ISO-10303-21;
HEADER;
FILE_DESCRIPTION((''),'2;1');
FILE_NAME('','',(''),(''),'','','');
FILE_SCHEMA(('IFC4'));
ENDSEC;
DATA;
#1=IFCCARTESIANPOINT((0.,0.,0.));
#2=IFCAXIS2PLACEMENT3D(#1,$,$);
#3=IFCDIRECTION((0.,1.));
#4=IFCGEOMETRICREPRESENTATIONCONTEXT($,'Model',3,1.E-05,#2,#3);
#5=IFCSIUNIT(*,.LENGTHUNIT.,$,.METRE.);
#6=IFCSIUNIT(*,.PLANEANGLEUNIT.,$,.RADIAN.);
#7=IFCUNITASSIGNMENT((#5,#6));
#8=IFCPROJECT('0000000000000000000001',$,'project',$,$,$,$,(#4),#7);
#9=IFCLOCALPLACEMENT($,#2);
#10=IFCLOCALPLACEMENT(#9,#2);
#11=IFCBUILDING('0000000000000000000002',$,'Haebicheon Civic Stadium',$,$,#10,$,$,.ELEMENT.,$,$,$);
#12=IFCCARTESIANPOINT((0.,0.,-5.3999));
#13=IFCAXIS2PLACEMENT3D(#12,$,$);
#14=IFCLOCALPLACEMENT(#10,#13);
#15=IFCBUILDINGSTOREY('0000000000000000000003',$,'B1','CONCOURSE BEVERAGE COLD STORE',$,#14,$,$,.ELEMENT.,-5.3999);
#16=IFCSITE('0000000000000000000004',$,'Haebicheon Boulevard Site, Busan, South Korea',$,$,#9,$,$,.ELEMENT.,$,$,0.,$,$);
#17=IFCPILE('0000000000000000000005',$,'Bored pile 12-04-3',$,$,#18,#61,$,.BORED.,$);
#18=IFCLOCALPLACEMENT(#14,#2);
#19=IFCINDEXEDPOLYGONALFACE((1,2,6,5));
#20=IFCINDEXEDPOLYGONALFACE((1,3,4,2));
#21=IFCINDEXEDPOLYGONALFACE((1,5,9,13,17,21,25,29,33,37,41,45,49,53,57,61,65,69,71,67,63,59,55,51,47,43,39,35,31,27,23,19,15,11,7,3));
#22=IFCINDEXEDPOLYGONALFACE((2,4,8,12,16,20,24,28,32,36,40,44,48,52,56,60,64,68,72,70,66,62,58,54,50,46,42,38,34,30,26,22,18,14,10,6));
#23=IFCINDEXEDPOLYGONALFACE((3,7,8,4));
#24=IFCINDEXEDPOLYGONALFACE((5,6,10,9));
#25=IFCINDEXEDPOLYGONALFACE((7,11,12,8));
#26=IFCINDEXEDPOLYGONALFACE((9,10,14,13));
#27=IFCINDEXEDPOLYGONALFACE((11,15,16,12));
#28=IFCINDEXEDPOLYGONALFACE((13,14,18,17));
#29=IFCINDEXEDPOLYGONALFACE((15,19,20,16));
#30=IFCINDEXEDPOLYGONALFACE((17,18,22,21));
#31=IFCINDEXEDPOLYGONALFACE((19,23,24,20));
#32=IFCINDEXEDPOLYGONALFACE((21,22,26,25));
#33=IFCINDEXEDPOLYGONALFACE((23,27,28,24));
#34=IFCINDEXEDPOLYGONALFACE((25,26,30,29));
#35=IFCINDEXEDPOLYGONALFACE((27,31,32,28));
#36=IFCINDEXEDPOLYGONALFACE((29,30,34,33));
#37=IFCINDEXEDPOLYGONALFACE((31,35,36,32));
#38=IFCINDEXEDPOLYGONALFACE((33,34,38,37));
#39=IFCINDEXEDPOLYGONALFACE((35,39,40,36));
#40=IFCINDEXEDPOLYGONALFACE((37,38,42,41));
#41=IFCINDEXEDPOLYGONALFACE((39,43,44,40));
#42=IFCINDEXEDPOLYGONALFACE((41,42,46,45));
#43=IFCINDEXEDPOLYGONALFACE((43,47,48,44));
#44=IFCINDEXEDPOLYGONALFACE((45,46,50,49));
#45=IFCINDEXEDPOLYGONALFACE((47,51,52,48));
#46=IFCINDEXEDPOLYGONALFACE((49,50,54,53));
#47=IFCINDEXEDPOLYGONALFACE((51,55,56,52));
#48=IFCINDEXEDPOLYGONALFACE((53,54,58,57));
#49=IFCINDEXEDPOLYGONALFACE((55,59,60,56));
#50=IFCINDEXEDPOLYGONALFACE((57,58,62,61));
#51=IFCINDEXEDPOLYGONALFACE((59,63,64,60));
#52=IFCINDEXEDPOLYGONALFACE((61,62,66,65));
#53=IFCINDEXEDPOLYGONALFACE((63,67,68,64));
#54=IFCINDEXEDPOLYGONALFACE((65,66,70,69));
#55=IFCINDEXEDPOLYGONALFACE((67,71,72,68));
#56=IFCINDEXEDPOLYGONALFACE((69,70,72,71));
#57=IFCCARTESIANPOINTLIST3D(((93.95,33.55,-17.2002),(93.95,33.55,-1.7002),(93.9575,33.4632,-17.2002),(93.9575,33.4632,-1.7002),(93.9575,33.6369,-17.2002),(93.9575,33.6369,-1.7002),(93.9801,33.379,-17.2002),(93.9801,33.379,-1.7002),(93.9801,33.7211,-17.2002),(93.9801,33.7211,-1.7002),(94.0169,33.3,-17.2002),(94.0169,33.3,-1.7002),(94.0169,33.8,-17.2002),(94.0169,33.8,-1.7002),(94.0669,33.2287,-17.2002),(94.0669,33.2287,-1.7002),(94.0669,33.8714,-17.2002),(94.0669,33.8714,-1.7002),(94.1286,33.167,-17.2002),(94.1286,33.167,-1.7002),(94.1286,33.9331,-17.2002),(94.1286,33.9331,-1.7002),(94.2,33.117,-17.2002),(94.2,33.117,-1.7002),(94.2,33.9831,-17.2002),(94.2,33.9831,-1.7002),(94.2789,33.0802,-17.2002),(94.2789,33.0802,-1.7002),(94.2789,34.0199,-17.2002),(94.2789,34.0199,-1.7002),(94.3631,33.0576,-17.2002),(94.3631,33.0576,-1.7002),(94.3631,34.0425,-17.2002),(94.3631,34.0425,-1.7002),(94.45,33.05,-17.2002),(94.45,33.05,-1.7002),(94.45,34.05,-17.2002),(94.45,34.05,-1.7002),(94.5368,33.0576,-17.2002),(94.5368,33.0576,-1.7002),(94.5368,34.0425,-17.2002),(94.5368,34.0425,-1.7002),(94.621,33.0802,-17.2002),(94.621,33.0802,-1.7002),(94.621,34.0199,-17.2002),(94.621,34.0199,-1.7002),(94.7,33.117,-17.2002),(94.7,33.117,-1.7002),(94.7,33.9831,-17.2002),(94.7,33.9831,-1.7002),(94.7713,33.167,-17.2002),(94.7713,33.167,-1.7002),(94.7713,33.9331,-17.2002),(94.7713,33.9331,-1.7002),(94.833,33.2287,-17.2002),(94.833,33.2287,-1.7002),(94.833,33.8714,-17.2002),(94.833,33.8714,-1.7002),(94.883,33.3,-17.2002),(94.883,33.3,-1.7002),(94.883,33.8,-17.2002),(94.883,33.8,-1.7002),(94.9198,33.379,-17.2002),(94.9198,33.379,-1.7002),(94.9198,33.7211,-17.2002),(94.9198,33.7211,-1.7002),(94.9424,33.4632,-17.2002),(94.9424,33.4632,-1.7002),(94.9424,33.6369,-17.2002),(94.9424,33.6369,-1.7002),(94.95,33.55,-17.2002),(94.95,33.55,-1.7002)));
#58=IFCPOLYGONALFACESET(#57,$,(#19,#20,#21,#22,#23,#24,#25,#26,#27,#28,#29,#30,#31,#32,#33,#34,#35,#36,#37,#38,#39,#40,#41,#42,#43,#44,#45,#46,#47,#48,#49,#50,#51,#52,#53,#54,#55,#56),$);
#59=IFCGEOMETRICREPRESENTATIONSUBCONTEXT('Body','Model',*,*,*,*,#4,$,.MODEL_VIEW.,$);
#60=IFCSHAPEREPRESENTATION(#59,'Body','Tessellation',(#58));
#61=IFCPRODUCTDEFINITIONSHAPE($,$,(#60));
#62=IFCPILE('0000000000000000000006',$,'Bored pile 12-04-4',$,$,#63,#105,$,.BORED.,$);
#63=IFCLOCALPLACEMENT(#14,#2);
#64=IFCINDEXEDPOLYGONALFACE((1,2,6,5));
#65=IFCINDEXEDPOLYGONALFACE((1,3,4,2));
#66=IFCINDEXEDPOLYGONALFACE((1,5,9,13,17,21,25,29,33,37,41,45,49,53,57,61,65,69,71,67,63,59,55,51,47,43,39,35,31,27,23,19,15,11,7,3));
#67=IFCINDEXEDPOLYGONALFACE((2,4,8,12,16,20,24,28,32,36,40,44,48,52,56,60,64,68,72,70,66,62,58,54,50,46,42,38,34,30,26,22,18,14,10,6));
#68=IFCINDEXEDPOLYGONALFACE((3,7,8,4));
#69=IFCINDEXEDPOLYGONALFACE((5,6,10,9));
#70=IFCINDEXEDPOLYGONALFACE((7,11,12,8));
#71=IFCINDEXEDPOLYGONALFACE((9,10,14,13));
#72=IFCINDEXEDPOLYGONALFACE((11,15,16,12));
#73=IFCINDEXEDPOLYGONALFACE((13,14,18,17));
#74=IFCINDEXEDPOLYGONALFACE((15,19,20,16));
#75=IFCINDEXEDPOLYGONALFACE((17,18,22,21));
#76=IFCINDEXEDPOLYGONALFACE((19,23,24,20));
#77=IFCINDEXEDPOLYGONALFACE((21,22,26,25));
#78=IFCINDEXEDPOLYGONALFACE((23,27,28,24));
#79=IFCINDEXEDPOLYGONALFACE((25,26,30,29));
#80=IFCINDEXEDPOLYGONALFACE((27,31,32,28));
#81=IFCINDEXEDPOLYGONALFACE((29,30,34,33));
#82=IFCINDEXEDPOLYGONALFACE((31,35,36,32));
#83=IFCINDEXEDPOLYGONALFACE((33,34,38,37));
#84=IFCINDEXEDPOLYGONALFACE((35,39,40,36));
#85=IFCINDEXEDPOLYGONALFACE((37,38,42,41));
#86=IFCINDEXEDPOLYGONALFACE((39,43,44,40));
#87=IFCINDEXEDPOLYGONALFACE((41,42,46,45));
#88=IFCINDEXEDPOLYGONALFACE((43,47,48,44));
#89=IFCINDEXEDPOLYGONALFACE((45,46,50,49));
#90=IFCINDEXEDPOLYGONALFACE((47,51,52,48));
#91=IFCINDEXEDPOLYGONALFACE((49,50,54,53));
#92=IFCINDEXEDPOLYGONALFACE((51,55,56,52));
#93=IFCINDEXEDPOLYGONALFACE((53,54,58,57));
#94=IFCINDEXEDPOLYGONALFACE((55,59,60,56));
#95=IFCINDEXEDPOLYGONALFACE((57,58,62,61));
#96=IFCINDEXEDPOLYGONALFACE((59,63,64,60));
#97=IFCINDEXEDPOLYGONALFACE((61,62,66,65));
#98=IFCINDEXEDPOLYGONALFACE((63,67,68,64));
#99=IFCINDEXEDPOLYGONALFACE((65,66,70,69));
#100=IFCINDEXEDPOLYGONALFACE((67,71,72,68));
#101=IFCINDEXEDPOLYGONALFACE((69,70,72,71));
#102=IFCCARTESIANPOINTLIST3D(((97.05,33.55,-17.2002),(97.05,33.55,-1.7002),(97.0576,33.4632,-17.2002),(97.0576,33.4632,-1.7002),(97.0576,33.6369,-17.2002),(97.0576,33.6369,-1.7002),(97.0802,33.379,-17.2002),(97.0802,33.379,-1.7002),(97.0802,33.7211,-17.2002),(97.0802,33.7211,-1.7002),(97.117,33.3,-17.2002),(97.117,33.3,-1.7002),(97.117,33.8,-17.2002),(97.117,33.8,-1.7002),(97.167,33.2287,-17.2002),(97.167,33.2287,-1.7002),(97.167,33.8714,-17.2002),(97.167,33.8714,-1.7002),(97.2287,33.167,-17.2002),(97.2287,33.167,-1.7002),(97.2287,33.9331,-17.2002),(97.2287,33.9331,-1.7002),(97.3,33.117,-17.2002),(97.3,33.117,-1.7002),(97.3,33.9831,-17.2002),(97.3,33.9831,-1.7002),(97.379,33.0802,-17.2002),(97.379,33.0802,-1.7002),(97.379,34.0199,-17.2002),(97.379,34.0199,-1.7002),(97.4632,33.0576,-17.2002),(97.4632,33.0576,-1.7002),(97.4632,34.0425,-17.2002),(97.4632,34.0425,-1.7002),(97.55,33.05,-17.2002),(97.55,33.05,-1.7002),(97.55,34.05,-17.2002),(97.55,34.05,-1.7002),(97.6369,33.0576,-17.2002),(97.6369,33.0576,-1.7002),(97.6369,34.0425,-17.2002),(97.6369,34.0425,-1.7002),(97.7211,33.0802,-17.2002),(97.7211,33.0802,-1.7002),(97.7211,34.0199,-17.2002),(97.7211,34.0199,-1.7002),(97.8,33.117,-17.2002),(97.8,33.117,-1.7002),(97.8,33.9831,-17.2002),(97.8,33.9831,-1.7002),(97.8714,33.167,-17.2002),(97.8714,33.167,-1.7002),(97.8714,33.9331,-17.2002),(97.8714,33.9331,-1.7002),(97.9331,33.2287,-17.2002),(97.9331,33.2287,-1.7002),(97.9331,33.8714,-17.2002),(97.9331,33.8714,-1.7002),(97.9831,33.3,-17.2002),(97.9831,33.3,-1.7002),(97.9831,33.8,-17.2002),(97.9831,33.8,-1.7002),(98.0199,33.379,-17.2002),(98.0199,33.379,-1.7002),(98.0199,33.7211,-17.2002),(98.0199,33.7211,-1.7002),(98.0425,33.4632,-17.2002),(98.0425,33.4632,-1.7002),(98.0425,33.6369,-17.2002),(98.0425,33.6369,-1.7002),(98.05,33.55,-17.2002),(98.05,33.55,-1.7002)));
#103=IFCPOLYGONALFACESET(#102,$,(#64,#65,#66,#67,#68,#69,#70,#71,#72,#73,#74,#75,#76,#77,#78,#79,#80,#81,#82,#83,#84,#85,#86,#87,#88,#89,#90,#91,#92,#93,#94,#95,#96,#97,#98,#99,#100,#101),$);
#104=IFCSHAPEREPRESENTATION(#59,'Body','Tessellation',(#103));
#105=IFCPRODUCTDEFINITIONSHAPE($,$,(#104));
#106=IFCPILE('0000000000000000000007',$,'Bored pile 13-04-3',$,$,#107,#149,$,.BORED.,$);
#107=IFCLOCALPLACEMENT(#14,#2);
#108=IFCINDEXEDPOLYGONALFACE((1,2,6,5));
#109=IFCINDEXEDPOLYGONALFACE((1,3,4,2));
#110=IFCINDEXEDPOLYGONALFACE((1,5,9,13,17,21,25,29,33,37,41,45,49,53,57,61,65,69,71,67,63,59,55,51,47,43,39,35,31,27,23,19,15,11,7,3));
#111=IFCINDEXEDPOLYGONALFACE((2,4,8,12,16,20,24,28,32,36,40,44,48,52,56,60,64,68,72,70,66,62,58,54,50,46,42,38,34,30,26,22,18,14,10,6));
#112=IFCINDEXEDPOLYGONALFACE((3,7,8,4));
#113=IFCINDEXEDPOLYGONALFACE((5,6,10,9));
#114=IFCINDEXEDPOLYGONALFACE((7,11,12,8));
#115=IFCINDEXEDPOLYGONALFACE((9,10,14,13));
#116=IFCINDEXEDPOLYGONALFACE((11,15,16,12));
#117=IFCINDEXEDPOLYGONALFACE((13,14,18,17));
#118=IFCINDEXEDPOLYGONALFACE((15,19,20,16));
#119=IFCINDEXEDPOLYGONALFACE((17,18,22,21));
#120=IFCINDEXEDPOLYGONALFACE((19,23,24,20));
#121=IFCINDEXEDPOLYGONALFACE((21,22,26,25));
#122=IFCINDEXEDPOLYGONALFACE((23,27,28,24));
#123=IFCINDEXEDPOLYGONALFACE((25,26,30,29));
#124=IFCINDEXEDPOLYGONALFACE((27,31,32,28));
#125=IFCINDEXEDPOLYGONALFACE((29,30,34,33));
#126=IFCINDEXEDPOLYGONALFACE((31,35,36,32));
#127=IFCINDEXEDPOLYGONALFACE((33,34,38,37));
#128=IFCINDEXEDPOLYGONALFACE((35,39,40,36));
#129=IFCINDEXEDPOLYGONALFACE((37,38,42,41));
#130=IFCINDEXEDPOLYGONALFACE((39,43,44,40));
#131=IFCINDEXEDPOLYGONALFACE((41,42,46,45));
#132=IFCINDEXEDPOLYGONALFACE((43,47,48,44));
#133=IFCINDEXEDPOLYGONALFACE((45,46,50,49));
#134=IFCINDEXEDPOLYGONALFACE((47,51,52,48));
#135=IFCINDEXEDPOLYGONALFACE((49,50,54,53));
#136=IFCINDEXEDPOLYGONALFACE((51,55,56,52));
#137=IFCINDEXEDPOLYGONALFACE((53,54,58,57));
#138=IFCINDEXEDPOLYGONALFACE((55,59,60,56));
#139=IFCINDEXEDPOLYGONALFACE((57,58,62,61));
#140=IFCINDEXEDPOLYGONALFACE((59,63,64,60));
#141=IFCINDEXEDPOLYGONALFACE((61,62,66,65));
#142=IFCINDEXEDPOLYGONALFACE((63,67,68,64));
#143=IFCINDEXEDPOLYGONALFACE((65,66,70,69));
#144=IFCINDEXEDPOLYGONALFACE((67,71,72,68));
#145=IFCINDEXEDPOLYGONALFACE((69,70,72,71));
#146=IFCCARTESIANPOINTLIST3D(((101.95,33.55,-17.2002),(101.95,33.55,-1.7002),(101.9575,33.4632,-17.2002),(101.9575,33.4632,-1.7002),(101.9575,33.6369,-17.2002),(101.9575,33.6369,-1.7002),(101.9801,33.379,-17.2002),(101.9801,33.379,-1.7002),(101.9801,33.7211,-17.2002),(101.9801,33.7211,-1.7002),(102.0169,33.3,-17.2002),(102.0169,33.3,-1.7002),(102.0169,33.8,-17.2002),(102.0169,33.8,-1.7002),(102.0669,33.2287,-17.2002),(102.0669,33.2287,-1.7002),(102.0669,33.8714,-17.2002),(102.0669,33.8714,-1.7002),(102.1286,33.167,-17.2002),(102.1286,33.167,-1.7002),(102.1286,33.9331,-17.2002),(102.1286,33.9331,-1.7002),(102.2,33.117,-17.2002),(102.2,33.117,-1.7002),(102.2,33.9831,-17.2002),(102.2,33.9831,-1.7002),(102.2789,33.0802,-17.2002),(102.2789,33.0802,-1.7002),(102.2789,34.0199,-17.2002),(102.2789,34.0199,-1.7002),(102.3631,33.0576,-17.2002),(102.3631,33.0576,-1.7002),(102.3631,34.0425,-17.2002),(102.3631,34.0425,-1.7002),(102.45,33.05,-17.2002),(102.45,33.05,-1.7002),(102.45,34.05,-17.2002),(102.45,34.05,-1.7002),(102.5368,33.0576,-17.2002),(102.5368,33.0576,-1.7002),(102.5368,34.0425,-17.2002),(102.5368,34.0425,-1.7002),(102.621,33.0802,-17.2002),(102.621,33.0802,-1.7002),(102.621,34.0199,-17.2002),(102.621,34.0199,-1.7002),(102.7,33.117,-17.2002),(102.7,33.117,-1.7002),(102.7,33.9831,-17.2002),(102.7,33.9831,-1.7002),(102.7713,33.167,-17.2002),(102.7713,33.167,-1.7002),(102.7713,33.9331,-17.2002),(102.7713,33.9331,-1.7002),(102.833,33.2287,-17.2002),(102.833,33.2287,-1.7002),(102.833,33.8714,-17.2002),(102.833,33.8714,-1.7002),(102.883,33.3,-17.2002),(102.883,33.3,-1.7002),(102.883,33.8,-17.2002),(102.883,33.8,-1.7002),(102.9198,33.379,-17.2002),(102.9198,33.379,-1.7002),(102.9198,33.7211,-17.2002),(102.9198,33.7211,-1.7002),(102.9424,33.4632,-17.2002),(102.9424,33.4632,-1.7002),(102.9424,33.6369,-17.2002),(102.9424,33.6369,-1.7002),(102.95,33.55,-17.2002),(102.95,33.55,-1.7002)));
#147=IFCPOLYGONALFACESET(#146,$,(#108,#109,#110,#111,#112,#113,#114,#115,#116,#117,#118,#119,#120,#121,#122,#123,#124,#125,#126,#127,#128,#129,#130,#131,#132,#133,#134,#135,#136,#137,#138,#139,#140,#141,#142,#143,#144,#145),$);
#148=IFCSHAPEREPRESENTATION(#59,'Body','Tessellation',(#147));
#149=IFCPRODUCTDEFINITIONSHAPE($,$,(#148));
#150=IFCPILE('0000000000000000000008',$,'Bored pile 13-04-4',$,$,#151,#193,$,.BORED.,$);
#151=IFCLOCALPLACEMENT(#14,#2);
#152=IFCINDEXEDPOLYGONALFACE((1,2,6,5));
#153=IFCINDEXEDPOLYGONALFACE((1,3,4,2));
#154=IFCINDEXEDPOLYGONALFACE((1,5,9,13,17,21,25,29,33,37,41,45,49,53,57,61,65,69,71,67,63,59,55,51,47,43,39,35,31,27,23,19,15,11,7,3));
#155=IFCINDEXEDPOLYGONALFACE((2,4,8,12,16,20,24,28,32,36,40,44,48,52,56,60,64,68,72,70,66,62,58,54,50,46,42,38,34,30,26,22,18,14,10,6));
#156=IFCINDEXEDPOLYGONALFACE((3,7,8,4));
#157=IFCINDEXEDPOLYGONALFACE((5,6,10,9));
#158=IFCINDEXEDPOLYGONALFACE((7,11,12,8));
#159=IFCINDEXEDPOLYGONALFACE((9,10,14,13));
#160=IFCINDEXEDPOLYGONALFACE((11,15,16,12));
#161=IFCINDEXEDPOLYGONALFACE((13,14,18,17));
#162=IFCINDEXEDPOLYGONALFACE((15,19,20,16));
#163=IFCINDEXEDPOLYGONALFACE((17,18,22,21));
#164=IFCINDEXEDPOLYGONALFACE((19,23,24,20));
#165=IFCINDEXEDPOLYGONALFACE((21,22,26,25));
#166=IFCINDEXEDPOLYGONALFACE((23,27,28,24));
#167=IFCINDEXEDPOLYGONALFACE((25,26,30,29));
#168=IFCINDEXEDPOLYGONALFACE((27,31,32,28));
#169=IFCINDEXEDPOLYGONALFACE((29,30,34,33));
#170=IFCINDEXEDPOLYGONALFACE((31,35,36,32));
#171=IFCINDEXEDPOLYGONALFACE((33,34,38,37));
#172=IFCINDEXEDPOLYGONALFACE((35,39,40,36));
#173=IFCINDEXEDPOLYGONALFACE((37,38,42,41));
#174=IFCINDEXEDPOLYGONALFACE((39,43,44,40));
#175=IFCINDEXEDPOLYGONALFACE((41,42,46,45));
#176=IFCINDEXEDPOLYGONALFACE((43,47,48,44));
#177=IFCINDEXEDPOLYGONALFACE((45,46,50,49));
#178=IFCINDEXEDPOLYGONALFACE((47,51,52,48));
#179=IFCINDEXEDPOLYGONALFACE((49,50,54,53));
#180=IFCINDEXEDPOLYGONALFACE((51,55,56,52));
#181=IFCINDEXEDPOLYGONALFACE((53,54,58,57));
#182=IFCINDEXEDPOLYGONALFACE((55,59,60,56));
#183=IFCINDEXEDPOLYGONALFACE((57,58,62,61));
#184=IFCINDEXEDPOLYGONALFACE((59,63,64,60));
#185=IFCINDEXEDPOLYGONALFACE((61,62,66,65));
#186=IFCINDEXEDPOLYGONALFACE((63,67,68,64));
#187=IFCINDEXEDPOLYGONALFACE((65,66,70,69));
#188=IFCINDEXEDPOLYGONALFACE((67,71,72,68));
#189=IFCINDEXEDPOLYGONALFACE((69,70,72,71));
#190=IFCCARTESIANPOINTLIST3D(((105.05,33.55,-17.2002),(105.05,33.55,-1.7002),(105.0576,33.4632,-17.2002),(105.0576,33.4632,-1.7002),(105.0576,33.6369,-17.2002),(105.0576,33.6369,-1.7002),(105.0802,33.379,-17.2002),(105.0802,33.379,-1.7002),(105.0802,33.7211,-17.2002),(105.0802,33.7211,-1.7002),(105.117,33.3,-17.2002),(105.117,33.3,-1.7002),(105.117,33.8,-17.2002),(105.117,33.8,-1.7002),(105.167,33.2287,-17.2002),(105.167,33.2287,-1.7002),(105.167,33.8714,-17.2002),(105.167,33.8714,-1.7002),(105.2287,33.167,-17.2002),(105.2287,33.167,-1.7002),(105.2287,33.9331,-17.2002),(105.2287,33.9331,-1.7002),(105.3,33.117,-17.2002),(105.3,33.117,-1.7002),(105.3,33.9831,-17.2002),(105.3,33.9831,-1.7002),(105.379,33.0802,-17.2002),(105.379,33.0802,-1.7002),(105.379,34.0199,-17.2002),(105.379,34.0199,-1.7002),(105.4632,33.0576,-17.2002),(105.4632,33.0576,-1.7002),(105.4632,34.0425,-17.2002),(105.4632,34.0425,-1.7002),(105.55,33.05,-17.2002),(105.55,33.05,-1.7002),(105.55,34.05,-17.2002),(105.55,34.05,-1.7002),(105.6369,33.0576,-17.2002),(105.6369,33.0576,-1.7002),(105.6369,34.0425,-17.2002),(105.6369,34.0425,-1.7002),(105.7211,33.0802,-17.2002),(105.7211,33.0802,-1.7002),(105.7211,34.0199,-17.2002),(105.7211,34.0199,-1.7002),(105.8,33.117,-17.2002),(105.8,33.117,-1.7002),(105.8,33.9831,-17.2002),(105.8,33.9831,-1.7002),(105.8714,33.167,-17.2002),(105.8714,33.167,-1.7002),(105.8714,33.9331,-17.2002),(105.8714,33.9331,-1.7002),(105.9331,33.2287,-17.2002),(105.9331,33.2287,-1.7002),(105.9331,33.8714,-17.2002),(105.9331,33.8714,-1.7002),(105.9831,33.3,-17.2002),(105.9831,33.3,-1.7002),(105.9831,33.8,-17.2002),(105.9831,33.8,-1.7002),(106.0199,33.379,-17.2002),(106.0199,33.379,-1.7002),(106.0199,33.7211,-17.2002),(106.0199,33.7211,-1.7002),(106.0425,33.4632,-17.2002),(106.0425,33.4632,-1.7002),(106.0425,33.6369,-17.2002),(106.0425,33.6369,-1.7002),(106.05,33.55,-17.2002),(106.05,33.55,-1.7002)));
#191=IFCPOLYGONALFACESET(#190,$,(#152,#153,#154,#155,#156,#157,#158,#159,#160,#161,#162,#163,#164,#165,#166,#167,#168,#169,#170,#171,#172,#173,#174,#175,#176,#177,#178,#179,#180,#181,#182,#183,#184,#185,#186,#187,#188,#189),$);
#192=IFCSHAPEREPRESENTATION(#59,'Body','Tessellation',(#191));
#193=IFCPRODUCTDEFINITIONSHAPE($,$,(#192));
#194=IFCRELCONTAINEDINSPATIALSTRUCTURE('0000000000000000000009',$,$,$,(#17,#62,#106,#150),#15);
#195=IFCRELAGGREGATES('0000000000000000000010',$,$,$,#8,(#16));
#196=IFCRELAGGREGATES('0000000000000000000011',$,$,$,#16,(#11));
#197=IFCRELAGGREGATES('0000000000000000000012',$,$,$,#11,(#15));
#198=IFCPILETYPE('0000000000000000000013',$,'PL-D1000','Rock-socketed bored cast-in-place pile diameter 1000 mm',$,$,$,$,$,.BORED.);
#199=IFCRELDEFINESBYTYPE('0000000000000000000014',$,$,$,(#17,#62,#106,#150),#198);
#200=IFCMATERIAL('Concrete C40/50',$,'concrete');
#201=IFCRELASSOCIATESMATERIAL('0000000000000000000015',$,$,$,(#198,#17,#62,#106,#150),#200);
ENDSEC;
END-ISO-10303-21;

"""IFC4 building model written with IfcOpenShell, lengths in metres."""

from ifc_helpers import new_model, si_unit, direction, frame, origin, origin_2d, place, context, subcontext, project, spatial, circle, extrude, material, material_profile, profile_set, type_object, element, save


model = new_model("IFC4")

# Units and contexts
model_context = context("Model", 3, precision=1e-05, world=origin(), true_north=direction((0.0, 1.0)))
body_context = subcontext(model_context, "Body", "Model", "MODEL_VIEW")
ifc_project = project(units=[si_unit("LENGTHUNIT", "METRE"), si_unit("PLANEANGLEUNIT", "RADIAN")], contexts=[model_context])

# Site, building, storey
site_placement = place(None, origin())
site = spatial("IfcSite", under=ifc_project, at=site_placement, Name="Haebicheon Boulevard Site, Busan, South Korea", CompositionType="ELEMENT", RefElevation=0.0)
building_placement = place(site_placement, origin())
building = spatial("IfcBuilding", under=site, at=building_placement, Name="Haebicheon Civic Stadium", CompositionType="ELEMENT")
storey_placement = place(building_placement, frame((0.0, 0.0, -5.3999)))
storey = spatial("IfcBuildingStorey", under=building, at=storey_placement, Name="B1", Description="CONCOURSE BEVERAGE COLD STORE", CompositionType="ELEMENT", Elevation=-5.3999)

# Piles
ifc_material_1 = material(Name="Concrete C40/50", Category="concrete")
ifc_material_profile_1 = material_profile(ifc_material_1, circle(Radius=0.5, at=origin_2d()), Name="PILE-D1000")
ifc_profile_set_1 = profile_set([ifc_material_profile_1], Name="Concrete C40/50")
pile_type = type_object("IfcPileType", Name="PL-D1000", Description="Rock-socketed bored cast-in-place pile diameter 1000 mm", PredefinedType="BORED", material=ifc_profile_set_1)
for number, where, z_axis, x_axis, name in (
    (1, (94.45, 33.55, -1.7002), (0.0, 0.0, -1.0), (1.0, 0.0, 0.0), "Bored pile 12-04-3"),
    (2, (97.55, 33.55, -1.7002), (0.0, 0.0, -1.0), (1.0, 0.0, 0.0), "Bored pile 12-04-4"),
    (3, (102.45, 33.55, -1.7002), (0.0, 0.0, -1.0), (1.0, 0.0, 0.0), "Bored pile 13-04-3"),
    (4, (105.55, 33.55, -1.7002), (0.0, 0.0, -1.0), (1.0, 0.0, 0.0), "Bored pile 13-04-4"),
):
    element("IfcPile", number, at=place(storey_placement, frame(where, z_axis=z_axis, x_axis=x_axis)), inside=storey, type_object=pile_type, material=ifc_profile_set_1, Name=name, PredefinedType="BORED", context=body_context, shape_type="SweptSolid", body=[
        extrude(circle(Radius=0.5, at=origin_2d()), origin(), (0.0, 0.0, 1.0), 15.5),
    ])

save(model, "model.ifc")
